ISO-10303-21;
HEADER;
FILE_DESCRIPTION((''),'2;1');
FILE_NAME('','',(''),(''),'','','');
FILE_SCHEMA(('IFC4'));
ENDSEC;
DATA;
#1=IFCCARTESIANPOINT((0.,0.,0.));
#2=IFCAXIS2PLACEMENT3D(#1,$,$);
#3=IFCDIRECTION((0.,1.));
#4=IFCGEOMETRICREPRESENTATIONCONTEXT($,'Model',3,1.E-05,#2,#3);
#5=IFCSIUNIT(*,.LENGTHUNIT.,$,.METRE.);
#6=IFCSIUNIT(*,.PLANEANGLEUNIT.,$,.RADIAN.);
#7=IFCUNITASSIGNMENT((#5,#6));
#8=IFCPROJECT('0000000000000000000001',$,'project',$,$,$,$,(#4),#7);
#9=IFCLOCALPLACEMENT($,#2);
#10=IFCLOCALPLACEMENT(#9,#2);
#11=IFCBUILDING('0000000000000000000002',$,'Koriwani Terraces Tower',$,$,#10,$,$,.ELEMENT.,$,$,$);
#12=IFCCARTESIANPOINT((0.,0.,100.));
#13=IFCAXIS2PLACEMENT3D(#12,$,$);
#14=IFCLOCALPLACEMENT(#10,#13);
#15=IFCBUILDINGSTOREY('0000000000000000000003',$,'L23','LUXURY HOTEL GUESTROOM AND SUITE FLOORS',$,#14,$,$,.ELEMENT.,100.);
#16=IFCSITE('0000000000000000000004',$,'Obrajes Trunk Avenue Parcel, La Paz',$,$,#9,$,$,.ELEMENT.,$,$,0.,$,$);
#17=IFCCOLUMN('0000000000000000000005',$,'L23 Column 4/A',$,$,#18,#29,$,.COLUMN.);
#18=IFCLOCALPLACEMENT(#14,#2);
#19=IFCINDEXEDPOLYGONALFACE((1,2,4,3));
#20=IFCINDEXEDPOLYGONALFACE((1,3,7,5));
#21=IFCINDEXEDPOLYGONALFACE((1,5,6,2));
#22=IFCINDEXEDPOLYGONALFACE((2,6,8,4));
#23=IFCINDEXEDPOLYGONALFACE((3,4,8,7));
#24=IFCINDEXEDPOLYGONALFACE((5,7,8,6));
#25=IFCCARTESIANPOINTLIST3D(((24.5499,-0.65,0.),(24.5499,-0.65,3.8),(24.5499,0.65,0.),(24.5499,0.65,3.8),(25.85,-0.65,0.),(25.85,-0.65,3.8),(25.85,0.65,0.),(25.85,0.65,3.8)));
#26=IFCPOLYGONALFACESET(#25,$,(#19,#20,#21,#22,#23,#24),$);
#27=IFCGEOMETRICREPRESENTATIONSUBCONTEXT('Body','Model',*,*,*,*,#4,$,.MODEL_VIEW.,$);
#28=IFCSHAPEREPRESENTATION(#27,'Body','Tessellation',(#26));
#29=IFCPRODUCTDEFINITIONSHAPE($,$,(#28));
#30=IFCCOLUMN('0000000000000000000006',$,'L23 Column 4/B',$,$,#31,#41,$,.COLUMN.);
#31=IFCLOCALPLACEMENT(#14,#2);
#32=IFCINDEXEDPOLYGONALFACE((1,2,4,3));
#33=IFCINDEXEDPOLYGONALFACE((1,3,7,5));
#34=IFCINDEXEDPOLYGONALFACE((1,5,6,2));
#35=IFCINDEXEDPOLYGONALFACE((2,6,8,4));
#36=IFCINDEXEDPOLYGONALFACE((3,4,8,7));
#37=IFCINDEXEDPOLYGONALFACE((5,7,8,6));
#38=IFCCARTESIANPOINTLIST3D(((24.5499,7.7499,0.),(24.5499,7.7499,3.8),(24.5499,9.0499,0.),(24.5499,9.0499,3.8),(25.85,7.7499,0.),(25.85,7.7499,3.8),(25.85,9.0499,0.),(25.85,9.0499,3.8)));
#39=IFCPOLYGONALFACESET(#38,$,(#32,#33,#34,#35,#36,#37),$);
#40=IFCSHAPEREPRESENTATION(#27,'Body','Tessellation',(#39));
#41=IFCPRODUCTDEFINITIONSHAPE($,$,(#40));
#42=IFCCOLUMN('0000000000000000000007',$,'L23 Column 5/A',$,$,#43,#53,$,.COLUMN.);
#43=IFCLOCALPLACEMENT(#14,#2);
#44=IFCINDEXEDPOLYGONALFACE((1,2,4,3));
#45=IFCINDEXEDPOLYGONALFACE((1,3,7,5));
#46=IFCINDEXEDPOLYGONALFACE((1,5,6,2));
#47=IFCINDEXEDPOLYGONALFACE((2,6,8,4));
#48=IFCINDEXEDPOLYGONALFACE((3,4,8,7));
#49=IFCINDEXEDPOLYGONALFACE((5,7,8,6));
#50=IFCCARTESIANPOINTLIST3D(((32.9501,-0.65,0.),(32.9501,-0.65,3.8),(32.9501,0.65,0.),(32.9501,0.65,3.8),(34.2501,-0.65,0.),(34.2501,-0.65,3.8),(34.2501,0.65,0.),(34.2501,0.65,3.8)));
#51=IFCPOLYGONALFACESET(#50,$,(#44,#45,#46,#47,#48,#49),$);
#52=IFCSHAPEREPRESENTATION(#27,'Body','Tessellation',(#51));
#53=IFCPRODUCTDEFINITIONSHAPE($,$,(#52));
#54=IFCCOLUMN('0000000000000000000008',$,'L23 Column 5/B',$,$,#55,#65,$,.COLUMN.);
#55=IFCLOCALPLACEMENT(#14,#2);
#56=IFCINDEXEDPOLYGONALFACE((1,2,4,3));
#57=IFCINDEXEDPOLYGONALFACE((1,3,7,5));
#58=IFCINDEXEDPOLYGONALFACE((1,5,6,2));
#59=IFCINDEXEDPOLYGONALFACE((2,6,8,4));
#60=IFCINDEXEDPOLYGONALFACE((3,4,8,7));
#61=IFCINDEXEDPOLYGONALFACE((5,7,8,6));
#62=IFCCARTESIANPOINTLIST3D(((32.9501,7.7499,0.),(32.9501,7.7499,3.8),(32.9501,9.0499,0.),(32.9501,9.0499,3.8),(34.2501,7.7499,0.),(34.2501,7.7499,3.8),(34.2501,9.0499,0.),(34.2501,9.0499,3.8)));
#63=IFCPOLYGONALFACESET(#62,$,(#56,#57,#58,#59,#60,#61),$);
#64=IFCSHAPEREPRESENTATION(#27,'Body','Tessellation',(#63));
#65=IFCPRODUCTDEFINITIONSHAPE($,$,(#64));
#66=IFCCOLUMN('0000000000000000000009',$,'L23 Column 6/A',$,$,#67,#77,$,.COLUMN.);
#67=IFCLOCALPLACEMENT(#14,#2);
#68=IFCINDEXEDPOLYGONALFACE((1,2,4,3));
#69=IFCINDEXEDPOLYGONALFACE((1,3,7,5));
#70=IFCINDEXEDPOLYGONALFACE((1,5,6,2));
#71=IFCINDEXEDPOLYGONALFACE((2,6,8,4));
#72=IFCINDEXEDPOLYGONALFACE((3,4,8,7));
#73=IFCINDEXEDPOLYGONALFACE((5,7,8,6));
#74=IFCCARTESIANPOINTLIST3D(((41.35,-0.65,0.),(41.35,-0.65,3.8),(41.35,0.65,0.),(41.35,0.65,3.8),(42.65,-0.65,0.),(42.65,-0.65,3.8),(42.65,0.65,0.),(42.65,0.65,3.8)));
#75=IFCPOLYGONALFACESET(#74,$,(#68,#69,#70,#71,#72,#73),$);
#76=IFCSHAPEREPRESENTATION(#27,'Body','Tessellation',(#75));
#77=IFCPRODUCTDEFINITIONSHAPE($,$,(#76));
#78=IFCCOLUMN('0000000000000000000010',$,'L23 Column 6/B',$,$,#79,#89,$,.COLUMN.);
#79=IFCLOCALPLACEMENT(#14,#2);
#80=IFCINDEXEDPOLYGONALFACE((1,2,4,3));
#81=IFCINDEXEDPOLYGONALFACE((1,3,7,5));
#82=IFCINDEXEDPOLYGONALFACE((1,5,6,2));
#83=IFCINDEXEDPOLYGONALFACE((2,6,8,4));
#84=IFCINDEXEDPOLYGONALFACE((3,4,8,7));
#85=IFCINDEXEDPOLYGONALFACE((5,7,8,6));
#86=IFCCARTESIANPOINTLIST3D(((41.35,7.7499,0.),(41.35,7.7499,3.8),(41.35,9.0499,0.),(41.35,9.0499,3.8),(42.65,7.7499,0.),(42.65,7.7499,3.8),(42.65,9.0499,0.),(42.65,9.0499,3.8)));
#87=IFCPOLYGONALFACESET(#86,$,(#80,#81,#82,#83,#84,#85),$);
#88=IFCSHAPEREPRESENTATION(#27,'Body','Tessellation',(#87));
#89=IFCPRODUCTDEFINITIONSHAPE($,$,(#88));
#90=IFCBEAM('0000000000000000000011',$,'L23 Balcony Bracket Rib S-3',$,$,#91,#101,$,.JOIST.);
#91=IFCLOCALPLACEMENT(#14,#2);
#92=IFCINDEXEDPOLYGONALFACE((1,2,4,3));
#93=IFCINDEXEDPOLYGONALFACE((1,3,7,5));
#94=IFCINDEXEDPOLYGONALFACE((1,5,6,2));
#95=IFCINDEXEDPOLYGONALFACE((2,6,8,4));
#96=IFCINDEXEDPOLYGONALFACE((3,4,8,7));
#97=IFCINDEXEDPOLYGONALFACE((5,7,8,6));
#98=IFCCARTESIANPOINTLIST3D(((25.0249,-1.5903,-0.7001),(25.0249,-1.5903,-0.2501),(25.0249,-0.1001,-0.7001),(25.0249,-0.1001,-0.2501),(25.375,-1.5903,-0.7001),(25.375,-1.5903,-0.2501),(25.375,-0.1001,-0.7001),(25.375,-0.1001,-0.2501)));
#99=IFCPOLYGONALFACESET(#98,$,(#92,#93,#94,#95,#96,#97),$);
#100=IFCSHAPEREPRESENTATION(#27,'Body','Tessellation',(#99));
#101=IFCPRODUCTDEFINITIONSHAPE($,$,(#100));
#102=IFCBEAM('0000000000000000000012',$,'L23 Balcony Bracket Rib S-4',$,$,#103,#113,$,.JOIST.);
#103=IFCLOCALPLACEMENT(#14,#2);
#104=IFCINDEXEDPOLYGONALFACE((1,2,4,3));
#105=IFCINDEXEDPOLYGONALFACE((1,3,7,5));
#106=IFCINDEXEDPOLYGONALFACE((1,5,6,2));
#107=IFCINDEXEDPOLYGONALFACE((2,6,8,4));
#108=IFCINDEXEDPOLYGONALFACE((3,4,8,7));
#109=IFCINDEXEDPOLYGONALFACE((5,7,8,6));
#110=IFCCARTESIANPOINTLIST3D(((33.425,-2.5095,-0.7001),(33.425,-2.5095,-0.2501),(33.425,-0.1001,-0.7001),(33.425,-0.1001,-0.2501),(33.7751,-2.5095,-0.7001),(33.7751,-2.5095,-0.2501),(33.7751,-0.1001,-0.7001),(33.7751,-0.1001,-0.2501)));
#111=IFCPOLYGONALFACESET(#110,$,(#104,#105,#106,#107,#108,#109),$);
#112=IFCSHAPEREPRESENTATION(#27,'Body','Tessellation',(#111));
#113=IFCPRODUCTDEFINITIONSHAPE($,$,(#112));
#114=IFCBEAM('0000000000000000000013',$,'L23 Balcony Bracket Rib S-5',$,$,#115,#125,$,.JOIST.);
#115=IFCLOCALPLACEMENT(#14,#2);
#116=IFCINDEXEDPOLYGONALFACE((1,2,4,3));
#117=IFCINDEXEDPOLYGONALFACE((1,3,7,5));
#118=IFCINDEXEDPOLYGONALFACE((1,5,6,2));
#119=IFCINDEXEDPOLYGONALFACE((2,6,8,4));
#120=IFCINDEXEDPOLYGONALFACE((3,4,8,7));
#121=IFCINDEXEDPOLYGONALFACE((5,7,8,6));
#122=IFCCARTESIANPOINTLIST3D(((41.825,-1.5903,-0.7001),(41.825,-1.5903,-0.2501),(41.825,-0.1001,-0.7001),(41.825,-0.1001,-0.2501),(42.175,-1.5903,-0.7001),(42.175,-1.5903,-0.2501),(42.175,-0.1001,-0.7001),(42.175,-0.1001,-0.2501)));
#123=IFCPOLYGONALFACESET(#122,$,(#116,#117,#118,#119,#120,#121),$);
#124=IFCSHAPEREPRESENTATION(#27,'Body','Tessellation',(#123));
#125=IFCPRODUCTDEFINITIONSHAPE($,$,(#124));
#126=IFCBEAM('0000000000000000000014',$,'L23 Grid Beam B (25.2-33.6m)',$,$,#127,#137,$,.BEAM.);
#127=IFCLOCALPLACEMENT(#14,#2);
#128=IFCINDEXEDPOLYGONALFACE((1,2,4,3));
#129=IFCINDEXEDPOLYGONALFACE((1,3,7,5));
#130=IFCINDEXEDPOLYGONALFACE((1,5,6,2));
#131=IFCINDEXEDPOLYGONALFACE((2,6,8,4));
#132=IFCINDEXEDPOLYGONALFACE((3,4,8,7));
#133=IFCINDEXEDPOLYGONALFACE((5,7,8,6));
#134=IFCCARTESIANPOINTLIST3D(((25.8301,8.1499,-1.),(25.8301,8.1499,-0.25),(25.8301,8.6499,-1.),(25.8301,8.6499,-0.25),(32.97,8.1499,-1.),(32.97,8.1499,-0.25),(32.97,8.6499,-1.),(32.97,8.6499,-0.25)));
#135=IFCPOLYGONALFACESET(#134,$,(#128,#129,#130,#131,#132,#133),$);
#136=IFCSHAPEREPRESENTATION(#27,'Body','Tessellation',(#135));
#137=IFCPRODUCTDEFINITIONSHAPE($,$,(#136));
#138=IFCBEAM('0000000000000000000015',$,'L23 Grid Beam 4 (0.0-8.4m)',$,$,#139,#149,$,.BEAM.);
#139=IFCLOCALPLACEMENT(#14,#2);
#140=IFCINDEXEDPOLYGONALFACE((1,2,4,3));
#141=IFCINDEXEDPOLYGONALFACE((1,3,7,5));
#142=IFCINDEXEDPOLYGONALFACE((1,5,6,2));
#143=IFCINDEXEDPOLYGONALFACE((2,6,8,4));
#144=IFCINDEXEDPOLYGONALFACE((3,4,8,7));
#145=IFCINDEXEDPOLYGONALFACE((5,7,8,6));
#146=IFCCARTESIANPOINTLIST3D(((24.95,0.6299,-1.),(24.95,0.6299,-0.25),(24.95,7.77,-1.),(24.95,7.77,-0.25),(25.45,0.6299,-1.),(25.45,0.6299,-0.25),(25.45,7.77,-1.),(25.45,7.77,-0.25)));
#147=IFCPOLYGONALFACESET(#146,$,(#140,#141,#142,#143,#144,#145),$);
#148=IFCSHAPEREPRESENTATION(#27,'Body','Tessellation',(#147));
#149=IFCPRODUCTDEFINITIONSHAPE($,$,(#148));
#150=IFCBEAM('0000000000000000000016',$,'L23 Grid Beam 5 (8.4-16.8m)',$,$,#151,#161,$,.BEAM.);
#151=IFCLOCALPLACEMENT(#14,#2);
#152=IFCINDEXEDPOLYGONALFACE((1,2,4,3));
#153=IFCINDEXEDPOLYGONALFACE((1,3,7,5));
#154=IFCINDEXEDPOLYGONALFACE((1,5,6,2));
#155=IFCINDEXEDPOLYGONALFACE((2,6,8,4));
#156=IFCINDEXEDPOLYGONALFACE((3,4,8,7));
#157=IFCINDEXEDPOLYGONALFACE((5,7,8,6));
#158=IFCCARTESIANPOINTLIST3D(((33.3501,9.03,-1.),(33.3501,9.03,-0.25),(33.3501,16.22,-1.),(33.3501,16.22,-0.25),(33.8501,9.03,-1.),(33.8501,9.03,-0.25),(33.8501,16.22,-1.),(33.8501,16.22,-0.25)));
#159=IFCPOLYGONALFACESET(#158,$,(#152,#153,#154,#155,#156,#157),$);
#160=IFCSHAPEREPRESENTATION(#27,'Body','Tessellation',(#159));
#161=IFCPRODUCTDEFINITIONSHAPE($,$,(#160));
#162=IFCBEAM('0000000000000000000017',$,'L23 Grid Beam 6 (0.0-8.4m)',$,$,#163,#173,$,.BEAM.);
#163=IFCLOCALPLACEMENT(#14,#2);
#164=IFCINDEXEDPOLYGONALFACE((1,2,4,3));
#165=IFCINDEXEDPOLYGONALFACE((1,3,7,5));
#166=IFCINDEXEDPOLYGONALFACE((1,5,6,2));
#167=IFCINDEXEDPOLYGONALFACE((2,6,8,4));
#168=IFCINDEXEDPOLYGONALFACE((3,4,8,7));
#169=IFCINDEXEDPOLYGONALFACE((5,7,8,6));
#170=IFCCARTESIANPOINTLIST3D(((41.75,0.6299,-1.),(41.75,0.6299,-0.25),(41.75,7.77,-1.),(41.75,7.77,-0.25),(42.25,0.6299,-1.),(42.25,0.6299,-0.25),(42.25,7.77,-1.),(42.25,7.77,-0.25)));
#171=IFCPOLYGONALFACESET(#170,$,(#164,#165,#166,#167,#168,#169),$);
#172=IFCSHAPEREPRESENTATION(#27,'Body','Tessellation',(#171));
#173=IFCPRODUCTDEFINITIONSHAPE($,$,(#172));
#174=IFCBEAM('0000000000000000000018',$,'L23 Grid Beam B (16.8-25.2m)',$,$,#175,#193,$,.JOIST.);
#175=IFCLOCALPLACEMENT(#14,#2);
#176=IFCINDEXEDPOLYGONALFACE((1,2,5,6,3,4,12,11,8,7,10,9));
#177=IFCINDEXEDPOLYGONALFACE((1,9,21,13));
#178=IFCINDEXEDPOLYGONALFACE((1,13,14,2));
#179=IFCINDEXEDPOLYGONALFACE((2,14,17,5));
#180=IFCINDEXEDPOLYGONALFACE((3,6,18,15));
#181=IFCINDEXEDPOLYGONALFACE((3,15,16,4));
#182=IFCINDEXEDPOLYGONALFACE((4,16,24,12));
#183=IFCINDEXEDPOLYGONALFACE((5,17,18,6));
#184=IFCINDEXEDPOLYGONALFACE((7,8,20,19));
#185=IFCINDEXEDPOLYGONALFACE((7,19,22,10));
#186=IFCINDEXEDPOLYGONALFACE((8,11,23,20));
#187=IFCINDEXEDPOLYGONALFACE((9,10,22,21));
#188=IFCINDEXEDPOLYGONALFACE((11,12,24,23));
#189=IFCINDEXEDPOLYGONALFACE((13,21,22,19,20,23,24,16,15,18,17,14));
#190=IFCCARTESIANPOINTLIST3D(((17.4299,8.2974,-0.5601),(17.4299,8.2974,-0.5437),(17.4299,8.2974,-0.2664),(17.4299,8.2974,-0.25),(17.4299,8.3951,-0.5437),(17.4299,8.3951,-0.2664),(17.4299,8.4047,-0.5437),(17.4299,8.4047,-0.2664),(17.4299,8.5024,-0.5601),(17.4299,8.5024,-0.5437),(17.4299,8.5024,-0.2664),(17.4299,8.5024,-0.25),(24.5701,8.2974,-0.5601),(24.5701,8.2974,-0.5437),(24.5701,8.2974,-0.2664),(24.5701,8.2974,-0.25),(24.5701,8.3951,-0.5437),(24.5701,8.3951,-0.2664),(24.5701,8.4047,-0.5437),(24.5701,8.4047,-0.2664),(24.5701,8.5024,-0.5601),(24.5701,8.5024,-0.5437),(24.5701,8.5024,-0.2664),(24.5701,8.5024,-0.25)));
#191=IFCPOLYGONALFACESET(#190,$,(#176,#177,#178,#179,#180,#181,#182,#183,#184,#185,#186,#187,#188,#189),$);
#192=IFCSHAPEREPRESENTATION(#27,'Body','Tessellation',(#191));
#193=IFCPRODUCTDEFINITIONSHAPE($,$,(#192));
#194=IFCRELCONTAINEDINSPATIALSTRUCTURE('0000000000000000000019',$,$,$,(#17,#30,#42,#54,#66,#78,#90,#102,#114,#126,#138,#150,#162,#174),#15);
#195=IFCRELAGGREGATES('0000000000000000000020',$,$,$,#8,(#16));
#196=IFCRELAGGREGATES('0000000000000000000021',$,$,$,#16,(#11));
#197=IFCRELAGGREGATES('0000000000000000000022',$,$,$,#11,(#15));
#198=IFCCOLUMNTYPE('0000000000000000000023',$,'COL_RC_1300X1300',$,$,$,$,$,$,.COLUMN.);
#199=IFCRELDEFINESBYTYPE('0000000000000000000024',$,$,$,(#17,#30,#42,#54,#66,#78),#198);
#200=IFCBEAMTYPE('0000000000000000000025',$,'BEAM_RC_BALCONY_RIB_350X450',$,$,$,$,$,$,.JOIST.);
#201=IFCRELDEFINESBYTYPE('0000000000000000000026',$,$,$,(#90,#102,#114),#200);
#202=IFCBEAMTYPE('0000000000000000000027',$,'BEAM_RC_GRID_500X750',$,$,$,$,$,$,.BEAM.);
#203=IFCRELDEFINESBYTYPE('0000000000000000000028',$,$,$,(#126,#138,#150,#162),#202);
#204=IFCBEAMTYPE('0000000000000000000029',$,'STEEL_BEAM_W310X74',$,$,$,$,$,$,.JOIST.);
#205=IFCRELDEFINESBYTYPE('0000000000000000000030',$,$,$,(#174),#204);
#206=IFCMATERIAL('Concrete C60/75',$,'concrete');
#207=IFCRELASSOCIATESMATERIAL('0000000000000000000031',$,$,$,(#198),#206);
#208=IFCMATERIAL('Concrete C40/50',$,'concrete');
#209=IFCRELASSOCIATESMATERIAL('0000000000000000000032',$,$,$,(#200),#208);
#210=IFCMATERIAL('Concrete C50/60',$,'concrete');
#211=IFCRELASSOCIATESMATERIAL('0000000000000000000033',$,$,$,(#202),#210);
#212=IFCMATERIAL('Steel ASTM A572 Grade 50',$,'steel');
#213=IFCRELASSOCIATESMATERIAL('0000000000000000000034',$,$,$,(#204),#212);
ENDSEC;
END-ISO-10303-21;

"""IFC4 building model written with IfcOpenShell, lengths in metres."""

from ifc_helpers import new_model, si_unit, direction, frame, origin, origin_2d, place, context, subcontext, project, spatial, rectangle, i_section, extrude, material, material_profile, profile_set, type_object, element, save


model = new_model("IFC4")

# Units and contexts
model_context = context("Model", 3, precision=1e-05, world=origin(), true_north=direction((0.0, 1.0)))
body_context = subcontext(model_context, "Body", "Model", "MODEL_VIEW")
ifc_project = project(units=[si_unit("LENGTHUNIT", "METRE"), si_unit("PLANEANGLEUNIT", "RADIAN")], contexts=[model_context])

# Site, building, storey
site_placement = place(None, origin())
site = spatial("IfcSite", under=ifc_project, at=site_placement, Name="Obrajes Trunk Avenue Parcel, La Paz", CompositionType="ELEMENT", RefElevation=0.0)
building_placement = place(site_placement, origin())
building = spatial("IfcBuilding", under=site, at=building_placement, Name="Koriwani Terraces Tower", CompositionType="ELEMENT")
storey_placement = place(building_placement, frame((0.0, 0.0, 100.0)))
storey = spatial("IfcBuildingStorey", under=building, at=storey_placement, Name="L23", Description="LUXURY HOTEL GUESTROOM AND SUITE FLOORS", CompositionType="ELEMENT", Elevation=100.0)

# Columns
ifc_material_1 = material(Name="Concrete C60/75", Category="concrete")
ifc_material_profile_1 = material_profile(ifc_material_1, rectangle(XDim=1.3, YDim=1.3, at=origin_2d()), Name="Concrete C60/75", Category="LoadBearing")
ifc_profile_set_1 = profile_set([ifc_material_profile_1], Name="Concrete C60/75")
column_type = type_object("IfcColumnType", Name="COL_RC_1300X1300", PredefinedType="COLUMN", material=ifc_profile_set_1)
for number, where, z_axis, x_axis, name in (
    (1, (25.2, 0.0, 0.0), (0.0, 0.0, 1.0), (1.0, 0.0, 0.0), "L23 Column 4/A"),
    (2, (25.2, 8.3999, 0.0), (0.0, 0.0, 1.0), (1.0, 0.0, 0.0), "L23 Column 4/B"),
    (3, (33.6001, 0.0, 0.0), (0.0, 0.0, 1.0), (1.0, 0.0, 0.0), "L23 Column 5/A"),
    (4, (33.6001, 8.3999, 0.0), (0.0, 0.0, 1.0), (1.0, 0.0, 0.0), "L23 Column 5/B"),
    (5, (42.0, 0.0, 0.0), (0.0, 0.0, 1.0), (1.0, 0.0, 0.0), "L23 Column 6/A"),
    (6, (42.0, 8.3999, 0.0), (0.0, 0.0, 1.0), (1.0, 0.0, 0.0), "L23 Column 6/B"),
):
    element("IfcColumn", number, at=place(storey_placement, frame(where, z_axis=z_axis, x_axis=x_axis)), inside=storey, type_object=column_type, Name=name, PredefinedType="COLUMN", context=body_context, shape_type="SweptSolid", body=[
        extrude(rectangle(XDim=1.3, YDim=1.3, at=origin_2d()), origin(), (0.0, 0.0, 1.0), 3.8),
    ])

# Beams
ifc_material_2 = material(Name="Concrete C40/50", Category="concrete")
ifc_material_profile_2 = material_profile(ifc_material_2, rectangle(XDim=0.3501, YDim=0.45, at=origin_2d()), Name="Concrete C40/50", Category="LoadBearing")
ifc_profile_set_2 = profile_set([ifc_material_profile_2], Name="Concrete C40/50")
beam_type_1 = type_object("IfcBeamType", Name="BEAM_RC_BALCONY_RIB_350X450", PredefinedType="JOIST", material=ifc_profile_set_2)
beam_1_placement = place(storey_placement, frame((25.2, -1.5903, -0.4751), z_axis=(0.0, 1.0, 0.0), x_axis=(-1.0, 0.0, 0.0)))
element("IfcBeam", 7, at=beam_1_placement, inside=storey, type_object=beam_type_1, Name="L23 Balcony Bracket Rib S-3", PredefinedType="JOIST", context=body_context, shape_type="SweptSolid", body=[
    extrude(rectangle(XDim=0.3501, YDim=0.45, at=origin_2d()), origin(), (0.0, 0.0, 1.0), 1.4902),
])
beam_2_placement = place(storey_placement, frame((33.6001, -2.5095, -0.4751), z_axis=(0.0, 1.0, 0.0), x_axis=(-1.0, 0.0, 0.0)))
element("IfcBeam", 8, at=beam_2_placement, inside=storey, type_object=beam_type_1, Name="L23 Balcony Bracket Rib S-4", PredefinedType="JOIST", context=body_context, shape_type="SweptSolid", body=[
    extrude(rectangle(XDim=0.3501, YDim=0.45, at=origin_2d()), origin(), (0.0, 0.0, 1.0), 2.4094),
])
beam_3_placement = place(storey_placement, frame((42.0, -1.5903, -0.4751), z_axis=(0.0, 1.0, 0.0), x_axis=(-1.0, 0.0, 0.0)))
element("IfcBeam", 9, at=beam_3_placement, inside=storey, type_object=beam_type_1, Name="L23 Balcony Bracket Rib S-5", PredefinedType="JOIST", context=body_context, shape_type="SweptSolid", body=[
    extrude(rectangle(XDim=0.3501, YDim=0.45, at=origin_2d()), origin(), (0.0, 0.0, 1.0), 1.4902),
])
ifc_material_3 = material(Name="Concrete C50/60", Category="concrete")
ifc_material_profile_3 = material_profile(ifc_material_3, rectangle(XDim=0.5, YDim=0.75, at=origin_2d()), Name="Concrete C50/60", Category="LoadBearing")
ifc_profile_set_3 = profile_set([ifc_material_profile_3], Name="Concrete C50/60")
beam_type_2 = type_object("IfcBeamType", Name="BEAM_RC_GRID_500X750", PredefinedType="BEAM", material=ifc_profile_set_3)
beam_4_placement = place(storey_placement, frame((25.8301, 8.3999, -0.625), z_axis=(1.0, 0.0, 0.0), x_axis=(0.0, 1.0, 0.0)))
element("IfcBeam", 10, at=beam_4_placement, inside=storey, type_object=beam_type_2, Name="L23 Grid Beam B (25.2-33.6m)", PredefinedType="BEAM", context=body_context, shape_type="SweptSolid", body=[
    extrude(rectangle(XDim=0.5, YDim=0.75, at=origin_2d()), origin(), (0.0, 0.0, 1.0), 7.1399),
])
beam_5_placement = place(storey_placement, frame((25.2, 0.6299, -0.625), z_axis=(0.0, 1.0, 0.0), x_axis=(-1.0, 0.0, 0.0)))
element("IfcBeam", 11, at=beam_5_placement, inside=storey, type_object=beam_type_2, Name="L23 Grid Beam 4 (0.0-8.4m)", PredefinedType="BEAM", context=body_context, shape_type="SweptSolid", body=[
    extrude(rectangle(XDim=0.5, YDim=0.75, at=origin_2d()), origin(), (0.0, 0.0, 1.0), 7.1401),
])
beam_6_placement = place(storey_placement, frame((33.6001, 9.03, -0.625), z_axis=(0.0, 1.0, 0.0), x_axis=(-1.0, 0.0, 0.0)))
element("IfcBeam", 12, at=beam_6_placement, inside=storey, type_object=beam_type_2, Name="L23 Grid Beam 5 (8.4-16.8m)", PredefinedType="BEAM", context=body_context, shape_type="SweptSolid", body=[
    extrude(rectangle(XDim=0.5, YDim=0.75, at=origin_2d()), origin(), (0.0, 0.0, 1.0), 7.1899),
])
beam_7_placement = place(storey_placement, frame((42.0, 0.6299, -0.625), z_axis=(0.0, 1.0, 0.0), x_axis=(-1.0, 0.0, 0.0)))
element("IfcBeam", 13, at=beam_7_placement, inside=storey, type_object=beam_type_2, Name="L23 Grid Beam 6 (0.0-8.4m)", PredefinedType="BEAM", context=body_context, shape_type="SweptSolid", body=[
    extrude(rectangle(XDim=0.5, YDim=0.75, at=origin_2d()), origin(), (0.0, 0.0, 1.0), 7.1401),
])
ifc_material_4 = material(Name="Steel ASTM A572 Grade 50", Category="steel")
ifc_material_profile_4 = material_profile(ifc_material_4, i_section(OverallWidth=0.2051, OverallDepth=0.3101, WebThickness=0.0095, FlangeThickness=0.0164, at=origin_2d()), Name="Steel ASTM A572 Grade 50", Category="LoadBearing")
ifc_profile_set_4 = profile_set([ifc_material_profile_4], Name="Steel ASTM A572 Grade 50")
beam_type_3 = type_object("IfcBeamType", Name="STEEL_BEAM_W310X74", PredefinedType="JOIST", material=ifc_profile_set_4)
for number, where, z_axis, x_axis, name in (
    (14, (17.4299, 8.3999, -0.405), (1.0, 0.0, 0.0), (0.0, 1.0, 0.0), "L23 Grid Beam B (16.8-25.2m)"),
):
    element("IfcBeam", number, at=place(storey_placement, frame(where, z_axis=z_axis, x_axis=x_axis)), inside=storey, type_object=beam_type_3, Name=name, PredefinedType="JOIST", context=body_context, shape_type="SweptSolid", body=[
        extrude(i_section(OverallWidth=0.2051, OverallDepth=0.3101, WebThickness=0.0095, FlangeThickness=0.0164, at=origin_2d()), origin(), (0.0, 0.0, 1.0), 7.1401),
    ])

save(model, "model.ifc")
